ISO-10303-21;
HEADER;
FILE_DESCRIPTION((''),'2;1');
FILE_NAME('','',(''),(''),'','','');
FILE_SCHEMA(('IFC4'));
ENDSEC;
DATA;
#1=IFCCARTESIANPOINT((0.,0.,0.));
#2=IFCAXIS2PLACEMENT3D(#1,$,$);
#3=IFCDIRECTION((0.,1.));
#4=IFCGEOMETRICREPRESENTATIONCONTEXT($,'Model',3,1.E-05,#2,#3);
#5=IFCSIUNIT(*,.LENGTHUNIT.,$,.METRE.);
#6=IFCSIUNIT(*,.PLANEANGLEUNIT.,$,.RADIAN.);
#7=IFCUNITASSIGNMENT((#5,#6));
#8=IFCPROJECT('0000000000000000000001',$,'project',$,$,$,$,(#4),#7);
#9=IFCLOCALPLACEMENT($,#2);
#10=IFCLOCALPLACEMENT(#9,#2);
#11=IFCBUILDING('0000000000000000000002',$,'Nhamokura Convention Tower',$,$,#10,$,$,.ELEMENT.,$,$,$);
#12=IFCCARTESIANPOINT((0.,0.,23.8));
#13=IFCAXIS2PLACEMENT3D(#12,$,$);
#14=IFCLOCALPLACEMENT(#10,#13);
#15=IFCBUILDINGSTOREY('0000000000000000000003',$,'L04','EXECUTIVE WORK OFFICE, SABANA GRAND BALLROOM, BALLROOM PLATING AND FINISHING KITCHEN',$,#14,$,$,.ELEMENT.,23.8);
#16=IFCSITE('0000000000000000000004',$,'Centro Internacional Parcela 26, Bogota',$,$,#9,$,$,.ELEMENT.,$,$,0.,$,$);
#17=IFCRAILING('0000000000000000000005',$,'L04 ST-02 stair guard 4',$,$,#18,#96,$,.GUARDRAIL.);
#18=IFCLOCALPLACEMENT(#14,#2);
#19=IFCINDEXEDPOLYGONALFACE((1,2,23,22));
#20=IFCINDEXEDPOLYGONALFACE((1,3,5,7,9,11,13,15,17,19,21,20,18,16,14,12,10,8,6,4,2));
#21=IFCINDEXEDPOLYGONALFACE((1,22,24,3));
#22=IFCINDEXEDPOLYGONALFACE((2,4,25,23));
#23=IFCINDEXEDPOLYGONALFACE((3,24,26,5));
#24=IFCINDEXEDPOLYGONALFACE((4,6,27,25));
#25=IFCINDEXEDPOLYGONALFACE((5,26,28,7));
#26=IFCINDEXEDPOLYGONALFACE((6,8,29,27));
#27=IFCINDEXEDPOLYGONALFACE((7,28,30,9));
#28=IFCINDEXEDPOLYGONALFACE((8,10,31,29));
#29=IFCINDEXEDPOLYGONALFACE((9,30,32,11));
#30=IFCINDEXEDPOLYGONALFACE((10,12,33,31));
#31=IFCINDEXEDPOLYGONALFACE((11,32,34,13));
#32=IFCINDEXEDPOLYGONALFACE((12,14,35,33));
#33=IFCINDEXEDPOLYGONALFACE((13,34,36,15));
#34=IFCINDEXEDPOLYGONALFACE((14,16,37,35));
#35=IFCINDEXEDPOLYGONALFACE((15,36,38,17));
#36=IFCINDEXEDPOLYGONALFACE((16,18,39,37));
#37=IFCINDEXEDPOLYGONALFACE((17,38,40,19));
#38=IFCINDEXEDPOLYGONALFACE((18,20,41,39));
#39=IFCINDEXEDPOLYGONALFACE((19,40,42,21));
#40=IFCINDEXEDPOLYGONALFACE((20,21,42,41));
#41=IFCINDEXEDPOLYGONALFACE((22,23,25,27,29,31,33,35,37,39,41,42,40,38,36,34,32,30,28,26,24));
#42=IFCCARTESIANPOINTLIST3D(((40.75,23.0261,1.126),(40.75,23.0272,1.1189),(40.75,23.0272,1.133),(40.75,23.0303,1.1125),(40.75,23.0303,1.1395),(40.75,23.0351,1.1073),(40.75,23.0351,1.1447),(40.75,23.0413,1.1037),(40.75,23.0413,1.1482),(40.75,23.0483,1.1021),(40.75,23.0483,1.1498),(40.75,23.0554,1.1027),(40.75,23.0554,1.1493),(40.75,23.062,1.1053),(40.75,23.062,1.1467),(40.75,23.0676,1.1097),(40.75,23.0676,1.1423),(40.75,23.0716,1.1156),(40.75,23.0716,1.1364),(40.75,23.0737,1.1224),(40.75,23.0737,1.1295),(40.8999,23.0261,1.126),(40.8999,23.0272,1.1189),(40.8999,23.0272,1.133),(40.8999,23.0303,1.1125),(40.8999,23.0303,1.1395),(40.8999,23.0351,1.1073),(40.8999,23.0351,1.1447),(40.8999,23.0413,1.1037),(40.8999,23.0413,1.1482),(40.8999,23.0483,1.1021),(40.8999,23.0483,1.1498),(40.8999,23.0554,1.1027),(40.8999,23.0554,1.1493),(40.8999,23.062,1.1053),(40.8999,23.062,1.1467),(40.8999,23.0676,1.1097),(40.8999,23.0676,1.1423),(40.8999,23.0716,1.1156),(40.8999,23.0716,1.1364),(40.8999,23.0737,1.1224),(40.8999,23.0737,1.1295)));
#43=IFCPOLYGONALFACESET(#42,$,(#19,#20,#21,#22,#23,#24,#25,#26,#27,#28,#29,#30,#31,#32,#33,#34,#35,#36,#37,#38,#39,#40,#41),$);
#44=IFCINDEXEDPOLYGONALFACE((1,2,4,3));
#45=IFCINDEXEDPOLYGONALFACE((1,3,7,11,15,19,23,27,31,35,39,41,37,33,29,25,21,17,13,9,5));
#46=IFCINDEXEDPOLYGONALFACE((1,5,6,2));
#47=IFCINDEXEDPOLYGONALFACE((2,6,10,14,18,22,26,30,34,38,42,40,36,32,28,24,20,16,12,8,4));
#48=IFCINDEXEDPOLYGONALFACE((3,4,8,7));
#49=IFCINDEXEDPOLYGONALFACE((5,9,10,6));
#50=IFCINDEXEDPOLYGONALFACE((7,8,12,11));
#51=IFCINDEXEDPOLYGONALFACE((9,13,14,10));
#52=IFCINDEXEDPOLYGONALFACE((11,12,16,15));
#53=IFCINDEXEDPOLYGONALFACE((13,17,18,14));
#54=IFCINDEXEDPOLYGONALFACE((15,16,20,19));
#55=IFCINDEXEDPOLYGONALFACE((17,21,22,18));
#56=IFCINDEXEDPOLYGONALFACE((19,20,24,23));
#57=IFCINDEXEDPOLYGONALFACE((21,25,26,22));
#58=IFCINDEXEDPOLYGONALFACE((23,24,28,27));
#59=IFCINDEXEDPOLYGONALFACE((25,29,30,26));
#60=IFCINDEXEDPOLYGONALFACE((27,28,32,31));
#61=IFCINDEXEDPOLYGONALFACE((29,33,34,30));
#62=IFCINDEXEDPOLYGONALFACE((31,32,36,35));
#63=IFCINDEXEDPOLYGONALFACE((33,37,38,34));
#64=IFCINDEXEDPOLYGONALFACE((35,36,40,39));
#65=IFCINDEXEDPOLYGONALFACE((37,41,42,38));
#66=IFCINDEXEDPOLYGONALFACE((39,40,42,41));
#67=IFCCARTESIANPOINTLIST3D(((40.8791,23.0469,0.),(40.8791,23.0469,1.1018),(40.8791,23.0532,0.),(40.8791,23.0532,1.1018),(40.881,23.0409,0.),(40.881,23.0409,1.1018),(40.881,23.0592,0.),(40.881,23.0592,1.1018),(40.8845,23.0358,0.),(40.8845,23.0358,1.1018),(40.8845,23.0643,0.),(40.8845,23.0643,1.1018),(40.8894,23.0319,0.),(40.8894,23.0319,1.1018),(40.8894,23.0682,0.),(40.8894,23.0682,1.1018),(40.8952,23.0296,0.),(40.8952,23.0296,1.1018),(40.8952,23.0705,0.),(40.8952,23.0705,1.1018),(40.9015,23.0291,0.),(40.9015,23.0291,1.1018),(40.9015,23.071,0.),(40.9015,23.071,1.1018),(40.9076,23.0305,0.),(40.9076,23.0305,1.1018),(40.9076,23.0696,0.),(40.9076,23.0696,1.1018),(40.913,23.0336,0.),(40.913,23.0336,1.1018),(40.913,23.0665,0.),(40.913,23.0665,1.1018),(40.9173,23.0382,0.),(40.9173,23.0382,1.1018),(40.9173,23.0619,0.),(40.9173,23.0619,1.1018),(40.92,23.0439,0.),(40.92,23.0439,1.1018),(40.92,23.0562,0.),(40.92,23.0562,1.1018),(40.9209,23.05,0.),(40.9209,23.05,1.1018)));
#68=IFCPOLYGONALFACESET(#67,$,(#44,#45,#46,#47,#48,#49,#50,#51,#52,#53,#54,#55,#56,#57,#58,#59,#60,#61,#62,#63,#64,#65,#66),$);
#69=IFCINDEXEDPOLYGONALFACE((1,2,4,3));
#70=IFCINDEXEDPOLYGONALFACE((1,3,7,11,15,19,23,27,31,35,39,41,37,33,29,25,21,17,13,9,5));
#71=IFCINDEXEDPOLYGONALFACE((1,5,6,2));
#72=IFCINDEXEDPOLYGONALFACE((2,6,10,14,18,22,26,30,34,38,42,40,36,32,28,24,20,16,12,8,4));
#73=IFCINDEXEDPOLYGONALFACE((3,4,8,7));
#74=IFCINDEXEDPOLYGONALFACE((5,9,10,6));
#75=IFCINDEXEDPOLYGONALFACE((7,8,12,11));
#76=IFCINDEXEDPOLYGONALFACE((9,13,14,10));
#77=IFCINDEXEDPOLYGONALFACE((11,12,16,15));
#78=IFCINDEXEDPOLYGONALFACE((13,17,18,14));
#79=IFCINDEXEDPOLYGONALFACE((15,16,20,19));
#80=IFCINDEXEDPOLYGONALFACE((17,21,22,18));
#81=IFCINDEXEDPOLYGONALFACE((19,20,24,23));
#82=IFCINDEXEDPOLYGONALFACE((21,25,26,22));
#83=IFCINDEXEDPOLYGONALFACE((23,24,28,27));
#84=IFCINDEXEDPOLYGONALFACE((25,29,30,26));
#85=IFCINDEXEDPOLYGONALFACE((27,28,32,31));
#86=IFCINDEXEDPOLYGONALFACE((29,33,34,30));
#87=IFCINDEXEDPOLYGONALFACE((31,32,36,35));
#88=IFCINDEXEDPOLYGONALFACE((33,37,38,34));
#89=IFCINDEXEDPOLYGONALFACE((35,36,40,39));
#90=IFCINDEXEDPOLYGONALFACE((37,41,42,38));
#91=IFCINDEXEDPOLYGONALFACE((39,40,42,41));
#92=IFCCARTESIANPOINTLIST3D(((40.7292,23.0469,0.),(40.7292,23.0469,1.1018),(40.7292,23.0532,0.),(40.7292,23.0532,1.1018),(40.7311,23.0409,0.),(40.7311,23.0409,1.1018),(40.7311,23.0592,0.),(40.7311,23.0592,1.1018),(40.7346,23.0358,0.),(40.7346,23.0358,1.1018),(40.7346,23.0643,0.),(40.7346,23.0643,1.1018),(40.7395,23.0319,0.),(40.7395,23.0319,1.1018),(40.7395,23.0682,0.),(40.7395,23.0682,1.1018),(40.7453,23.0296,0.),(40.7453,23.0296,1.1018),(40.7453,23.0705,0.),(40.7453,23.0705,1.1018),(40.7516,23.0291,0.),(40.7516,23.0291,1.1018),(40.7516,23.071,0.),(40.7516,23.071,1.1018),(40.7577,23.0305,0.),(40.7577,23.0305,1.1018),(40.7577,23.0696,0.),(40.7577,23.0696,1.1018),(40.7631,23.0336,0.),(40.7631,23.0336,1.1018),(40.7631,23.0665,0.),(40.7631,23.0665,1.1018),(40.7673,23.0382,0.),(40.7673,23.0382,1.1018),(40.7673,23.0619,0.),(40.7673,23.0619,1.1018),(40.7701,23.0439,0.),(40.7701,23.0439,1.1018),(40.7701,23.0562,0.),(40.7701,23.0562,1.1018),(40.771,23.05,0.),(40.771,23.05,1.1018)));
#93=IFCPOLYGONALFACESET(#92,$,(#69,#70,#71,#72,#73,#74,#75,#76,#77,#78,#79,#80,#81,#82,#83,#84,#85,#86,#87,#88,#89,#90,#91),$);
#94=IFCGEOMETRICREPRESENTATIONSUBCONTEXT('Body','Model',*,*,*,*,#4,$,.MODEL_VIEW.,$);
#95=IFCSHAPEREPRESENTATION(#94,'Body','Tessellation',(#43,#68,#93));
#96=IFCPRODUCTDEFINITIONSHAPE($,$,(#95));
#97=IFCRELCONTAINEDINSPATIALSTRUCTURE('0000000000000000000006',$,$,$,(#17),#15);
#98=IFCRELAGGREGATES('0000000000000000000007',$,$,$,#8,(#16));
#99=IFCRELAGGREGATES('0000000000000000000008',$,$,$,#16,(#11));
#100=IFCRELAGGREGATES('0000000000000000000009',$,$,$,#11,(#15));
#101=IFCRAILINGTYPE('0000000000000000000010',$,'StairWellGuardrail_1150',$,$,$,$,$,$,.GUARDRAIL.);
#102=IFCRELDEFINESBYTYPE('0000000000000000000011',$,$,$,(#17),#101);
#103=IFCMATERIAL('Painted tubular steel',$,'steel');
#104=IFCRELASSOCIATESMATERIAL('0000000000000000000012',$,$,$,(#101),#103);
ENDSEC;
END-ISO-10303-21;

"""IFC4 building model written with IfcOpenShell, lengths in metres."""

from ifc_helpers import new_model, si_unit, direction, frame, origin, origin_2d, place, context, subcontext, project, spatial, circle, extrude, material, type_object, element, save


model = new_model("IFC4")

# Units and contexts
model_context = context("Model", 3, precision=1e-05, world=origin(), true_north=direction((0.0, 1.0)))
body_context = subcontext(model_context, "Body", "Model", "MODEL_VIEW")
ifc_project = project(units=[si_unit("LENGTHUNIT", "METRE"), si_unit("PLANEANGLEUNIT", "RADIAN")], contexts=[model_context])

# Site, building, storey
site_placement = place(None, origin())
site = spatial("IfcSite", under=ifc_project, at=site_placement, Name="Centro Internacional Parcela 26, Bogota", CompositionType="ELEMENT", RefElevation=0.0)
building_placement = place(site_placement, origin())
building = spatial("IfcBuilding", under=site, at=building_placement, Name="Nhamokura Convention Tower", CompositionType="ELEMENT")
storey_placement = place(building_placement, frame((0.0, 0.0, 23.8)))
storey = spatial("IfcBuildingStorey", under=building, at=storey_placement, Name="L04", Description="EXECUTIVE WORK OFFICE, SABANA GRAND BALLROOM, BALLROOM PLATING AND FINISHING KITCHEN", CompositionType="ELEMENT", Elevation=23.8)

# Railing
ifc_material_1 = material(Name="Painted tubular steel", Category="steel")
railing_type_1 = type_object("IfcRailingType", Name="StairWellGuardrail_1150", PredefinedType="GUARDRAIL", material=ifc_material_1)
railing_1_placement = place(storey_placement, frame((40.8999, 23.05, 0.0)))
element("IfcRailing", 1, at=railing_1_placement, inside=storey, type_object=railing_type_1, Name="L04 ST-02 stair guard 4", PredefinedType="GUARDRAIL", context=body_context, shape_type="SweptSolid", body=[
    extrude(circle(Radius=0.0239, at=origin_2d()), frame((0.0, 0.0, 1.126), z_axis=(-1.0, 0.0, 0.0), x_axis=(0.0, -1.0, 0.0)), (0.0, 0.0, 1.0), 0.1499),
    extrude(circle(Radius=0.021, at=origin_2d()), origin(), (0.0, 0.0, 1.0), 1.1018),
    extrude(circle(Radius=0.021, at=origin_2d()), frame((-0.1499, 0.0, 0.0)), (0.0, 0.0, 1.0), 1.1018),
])

save(model, "model.ifc")
